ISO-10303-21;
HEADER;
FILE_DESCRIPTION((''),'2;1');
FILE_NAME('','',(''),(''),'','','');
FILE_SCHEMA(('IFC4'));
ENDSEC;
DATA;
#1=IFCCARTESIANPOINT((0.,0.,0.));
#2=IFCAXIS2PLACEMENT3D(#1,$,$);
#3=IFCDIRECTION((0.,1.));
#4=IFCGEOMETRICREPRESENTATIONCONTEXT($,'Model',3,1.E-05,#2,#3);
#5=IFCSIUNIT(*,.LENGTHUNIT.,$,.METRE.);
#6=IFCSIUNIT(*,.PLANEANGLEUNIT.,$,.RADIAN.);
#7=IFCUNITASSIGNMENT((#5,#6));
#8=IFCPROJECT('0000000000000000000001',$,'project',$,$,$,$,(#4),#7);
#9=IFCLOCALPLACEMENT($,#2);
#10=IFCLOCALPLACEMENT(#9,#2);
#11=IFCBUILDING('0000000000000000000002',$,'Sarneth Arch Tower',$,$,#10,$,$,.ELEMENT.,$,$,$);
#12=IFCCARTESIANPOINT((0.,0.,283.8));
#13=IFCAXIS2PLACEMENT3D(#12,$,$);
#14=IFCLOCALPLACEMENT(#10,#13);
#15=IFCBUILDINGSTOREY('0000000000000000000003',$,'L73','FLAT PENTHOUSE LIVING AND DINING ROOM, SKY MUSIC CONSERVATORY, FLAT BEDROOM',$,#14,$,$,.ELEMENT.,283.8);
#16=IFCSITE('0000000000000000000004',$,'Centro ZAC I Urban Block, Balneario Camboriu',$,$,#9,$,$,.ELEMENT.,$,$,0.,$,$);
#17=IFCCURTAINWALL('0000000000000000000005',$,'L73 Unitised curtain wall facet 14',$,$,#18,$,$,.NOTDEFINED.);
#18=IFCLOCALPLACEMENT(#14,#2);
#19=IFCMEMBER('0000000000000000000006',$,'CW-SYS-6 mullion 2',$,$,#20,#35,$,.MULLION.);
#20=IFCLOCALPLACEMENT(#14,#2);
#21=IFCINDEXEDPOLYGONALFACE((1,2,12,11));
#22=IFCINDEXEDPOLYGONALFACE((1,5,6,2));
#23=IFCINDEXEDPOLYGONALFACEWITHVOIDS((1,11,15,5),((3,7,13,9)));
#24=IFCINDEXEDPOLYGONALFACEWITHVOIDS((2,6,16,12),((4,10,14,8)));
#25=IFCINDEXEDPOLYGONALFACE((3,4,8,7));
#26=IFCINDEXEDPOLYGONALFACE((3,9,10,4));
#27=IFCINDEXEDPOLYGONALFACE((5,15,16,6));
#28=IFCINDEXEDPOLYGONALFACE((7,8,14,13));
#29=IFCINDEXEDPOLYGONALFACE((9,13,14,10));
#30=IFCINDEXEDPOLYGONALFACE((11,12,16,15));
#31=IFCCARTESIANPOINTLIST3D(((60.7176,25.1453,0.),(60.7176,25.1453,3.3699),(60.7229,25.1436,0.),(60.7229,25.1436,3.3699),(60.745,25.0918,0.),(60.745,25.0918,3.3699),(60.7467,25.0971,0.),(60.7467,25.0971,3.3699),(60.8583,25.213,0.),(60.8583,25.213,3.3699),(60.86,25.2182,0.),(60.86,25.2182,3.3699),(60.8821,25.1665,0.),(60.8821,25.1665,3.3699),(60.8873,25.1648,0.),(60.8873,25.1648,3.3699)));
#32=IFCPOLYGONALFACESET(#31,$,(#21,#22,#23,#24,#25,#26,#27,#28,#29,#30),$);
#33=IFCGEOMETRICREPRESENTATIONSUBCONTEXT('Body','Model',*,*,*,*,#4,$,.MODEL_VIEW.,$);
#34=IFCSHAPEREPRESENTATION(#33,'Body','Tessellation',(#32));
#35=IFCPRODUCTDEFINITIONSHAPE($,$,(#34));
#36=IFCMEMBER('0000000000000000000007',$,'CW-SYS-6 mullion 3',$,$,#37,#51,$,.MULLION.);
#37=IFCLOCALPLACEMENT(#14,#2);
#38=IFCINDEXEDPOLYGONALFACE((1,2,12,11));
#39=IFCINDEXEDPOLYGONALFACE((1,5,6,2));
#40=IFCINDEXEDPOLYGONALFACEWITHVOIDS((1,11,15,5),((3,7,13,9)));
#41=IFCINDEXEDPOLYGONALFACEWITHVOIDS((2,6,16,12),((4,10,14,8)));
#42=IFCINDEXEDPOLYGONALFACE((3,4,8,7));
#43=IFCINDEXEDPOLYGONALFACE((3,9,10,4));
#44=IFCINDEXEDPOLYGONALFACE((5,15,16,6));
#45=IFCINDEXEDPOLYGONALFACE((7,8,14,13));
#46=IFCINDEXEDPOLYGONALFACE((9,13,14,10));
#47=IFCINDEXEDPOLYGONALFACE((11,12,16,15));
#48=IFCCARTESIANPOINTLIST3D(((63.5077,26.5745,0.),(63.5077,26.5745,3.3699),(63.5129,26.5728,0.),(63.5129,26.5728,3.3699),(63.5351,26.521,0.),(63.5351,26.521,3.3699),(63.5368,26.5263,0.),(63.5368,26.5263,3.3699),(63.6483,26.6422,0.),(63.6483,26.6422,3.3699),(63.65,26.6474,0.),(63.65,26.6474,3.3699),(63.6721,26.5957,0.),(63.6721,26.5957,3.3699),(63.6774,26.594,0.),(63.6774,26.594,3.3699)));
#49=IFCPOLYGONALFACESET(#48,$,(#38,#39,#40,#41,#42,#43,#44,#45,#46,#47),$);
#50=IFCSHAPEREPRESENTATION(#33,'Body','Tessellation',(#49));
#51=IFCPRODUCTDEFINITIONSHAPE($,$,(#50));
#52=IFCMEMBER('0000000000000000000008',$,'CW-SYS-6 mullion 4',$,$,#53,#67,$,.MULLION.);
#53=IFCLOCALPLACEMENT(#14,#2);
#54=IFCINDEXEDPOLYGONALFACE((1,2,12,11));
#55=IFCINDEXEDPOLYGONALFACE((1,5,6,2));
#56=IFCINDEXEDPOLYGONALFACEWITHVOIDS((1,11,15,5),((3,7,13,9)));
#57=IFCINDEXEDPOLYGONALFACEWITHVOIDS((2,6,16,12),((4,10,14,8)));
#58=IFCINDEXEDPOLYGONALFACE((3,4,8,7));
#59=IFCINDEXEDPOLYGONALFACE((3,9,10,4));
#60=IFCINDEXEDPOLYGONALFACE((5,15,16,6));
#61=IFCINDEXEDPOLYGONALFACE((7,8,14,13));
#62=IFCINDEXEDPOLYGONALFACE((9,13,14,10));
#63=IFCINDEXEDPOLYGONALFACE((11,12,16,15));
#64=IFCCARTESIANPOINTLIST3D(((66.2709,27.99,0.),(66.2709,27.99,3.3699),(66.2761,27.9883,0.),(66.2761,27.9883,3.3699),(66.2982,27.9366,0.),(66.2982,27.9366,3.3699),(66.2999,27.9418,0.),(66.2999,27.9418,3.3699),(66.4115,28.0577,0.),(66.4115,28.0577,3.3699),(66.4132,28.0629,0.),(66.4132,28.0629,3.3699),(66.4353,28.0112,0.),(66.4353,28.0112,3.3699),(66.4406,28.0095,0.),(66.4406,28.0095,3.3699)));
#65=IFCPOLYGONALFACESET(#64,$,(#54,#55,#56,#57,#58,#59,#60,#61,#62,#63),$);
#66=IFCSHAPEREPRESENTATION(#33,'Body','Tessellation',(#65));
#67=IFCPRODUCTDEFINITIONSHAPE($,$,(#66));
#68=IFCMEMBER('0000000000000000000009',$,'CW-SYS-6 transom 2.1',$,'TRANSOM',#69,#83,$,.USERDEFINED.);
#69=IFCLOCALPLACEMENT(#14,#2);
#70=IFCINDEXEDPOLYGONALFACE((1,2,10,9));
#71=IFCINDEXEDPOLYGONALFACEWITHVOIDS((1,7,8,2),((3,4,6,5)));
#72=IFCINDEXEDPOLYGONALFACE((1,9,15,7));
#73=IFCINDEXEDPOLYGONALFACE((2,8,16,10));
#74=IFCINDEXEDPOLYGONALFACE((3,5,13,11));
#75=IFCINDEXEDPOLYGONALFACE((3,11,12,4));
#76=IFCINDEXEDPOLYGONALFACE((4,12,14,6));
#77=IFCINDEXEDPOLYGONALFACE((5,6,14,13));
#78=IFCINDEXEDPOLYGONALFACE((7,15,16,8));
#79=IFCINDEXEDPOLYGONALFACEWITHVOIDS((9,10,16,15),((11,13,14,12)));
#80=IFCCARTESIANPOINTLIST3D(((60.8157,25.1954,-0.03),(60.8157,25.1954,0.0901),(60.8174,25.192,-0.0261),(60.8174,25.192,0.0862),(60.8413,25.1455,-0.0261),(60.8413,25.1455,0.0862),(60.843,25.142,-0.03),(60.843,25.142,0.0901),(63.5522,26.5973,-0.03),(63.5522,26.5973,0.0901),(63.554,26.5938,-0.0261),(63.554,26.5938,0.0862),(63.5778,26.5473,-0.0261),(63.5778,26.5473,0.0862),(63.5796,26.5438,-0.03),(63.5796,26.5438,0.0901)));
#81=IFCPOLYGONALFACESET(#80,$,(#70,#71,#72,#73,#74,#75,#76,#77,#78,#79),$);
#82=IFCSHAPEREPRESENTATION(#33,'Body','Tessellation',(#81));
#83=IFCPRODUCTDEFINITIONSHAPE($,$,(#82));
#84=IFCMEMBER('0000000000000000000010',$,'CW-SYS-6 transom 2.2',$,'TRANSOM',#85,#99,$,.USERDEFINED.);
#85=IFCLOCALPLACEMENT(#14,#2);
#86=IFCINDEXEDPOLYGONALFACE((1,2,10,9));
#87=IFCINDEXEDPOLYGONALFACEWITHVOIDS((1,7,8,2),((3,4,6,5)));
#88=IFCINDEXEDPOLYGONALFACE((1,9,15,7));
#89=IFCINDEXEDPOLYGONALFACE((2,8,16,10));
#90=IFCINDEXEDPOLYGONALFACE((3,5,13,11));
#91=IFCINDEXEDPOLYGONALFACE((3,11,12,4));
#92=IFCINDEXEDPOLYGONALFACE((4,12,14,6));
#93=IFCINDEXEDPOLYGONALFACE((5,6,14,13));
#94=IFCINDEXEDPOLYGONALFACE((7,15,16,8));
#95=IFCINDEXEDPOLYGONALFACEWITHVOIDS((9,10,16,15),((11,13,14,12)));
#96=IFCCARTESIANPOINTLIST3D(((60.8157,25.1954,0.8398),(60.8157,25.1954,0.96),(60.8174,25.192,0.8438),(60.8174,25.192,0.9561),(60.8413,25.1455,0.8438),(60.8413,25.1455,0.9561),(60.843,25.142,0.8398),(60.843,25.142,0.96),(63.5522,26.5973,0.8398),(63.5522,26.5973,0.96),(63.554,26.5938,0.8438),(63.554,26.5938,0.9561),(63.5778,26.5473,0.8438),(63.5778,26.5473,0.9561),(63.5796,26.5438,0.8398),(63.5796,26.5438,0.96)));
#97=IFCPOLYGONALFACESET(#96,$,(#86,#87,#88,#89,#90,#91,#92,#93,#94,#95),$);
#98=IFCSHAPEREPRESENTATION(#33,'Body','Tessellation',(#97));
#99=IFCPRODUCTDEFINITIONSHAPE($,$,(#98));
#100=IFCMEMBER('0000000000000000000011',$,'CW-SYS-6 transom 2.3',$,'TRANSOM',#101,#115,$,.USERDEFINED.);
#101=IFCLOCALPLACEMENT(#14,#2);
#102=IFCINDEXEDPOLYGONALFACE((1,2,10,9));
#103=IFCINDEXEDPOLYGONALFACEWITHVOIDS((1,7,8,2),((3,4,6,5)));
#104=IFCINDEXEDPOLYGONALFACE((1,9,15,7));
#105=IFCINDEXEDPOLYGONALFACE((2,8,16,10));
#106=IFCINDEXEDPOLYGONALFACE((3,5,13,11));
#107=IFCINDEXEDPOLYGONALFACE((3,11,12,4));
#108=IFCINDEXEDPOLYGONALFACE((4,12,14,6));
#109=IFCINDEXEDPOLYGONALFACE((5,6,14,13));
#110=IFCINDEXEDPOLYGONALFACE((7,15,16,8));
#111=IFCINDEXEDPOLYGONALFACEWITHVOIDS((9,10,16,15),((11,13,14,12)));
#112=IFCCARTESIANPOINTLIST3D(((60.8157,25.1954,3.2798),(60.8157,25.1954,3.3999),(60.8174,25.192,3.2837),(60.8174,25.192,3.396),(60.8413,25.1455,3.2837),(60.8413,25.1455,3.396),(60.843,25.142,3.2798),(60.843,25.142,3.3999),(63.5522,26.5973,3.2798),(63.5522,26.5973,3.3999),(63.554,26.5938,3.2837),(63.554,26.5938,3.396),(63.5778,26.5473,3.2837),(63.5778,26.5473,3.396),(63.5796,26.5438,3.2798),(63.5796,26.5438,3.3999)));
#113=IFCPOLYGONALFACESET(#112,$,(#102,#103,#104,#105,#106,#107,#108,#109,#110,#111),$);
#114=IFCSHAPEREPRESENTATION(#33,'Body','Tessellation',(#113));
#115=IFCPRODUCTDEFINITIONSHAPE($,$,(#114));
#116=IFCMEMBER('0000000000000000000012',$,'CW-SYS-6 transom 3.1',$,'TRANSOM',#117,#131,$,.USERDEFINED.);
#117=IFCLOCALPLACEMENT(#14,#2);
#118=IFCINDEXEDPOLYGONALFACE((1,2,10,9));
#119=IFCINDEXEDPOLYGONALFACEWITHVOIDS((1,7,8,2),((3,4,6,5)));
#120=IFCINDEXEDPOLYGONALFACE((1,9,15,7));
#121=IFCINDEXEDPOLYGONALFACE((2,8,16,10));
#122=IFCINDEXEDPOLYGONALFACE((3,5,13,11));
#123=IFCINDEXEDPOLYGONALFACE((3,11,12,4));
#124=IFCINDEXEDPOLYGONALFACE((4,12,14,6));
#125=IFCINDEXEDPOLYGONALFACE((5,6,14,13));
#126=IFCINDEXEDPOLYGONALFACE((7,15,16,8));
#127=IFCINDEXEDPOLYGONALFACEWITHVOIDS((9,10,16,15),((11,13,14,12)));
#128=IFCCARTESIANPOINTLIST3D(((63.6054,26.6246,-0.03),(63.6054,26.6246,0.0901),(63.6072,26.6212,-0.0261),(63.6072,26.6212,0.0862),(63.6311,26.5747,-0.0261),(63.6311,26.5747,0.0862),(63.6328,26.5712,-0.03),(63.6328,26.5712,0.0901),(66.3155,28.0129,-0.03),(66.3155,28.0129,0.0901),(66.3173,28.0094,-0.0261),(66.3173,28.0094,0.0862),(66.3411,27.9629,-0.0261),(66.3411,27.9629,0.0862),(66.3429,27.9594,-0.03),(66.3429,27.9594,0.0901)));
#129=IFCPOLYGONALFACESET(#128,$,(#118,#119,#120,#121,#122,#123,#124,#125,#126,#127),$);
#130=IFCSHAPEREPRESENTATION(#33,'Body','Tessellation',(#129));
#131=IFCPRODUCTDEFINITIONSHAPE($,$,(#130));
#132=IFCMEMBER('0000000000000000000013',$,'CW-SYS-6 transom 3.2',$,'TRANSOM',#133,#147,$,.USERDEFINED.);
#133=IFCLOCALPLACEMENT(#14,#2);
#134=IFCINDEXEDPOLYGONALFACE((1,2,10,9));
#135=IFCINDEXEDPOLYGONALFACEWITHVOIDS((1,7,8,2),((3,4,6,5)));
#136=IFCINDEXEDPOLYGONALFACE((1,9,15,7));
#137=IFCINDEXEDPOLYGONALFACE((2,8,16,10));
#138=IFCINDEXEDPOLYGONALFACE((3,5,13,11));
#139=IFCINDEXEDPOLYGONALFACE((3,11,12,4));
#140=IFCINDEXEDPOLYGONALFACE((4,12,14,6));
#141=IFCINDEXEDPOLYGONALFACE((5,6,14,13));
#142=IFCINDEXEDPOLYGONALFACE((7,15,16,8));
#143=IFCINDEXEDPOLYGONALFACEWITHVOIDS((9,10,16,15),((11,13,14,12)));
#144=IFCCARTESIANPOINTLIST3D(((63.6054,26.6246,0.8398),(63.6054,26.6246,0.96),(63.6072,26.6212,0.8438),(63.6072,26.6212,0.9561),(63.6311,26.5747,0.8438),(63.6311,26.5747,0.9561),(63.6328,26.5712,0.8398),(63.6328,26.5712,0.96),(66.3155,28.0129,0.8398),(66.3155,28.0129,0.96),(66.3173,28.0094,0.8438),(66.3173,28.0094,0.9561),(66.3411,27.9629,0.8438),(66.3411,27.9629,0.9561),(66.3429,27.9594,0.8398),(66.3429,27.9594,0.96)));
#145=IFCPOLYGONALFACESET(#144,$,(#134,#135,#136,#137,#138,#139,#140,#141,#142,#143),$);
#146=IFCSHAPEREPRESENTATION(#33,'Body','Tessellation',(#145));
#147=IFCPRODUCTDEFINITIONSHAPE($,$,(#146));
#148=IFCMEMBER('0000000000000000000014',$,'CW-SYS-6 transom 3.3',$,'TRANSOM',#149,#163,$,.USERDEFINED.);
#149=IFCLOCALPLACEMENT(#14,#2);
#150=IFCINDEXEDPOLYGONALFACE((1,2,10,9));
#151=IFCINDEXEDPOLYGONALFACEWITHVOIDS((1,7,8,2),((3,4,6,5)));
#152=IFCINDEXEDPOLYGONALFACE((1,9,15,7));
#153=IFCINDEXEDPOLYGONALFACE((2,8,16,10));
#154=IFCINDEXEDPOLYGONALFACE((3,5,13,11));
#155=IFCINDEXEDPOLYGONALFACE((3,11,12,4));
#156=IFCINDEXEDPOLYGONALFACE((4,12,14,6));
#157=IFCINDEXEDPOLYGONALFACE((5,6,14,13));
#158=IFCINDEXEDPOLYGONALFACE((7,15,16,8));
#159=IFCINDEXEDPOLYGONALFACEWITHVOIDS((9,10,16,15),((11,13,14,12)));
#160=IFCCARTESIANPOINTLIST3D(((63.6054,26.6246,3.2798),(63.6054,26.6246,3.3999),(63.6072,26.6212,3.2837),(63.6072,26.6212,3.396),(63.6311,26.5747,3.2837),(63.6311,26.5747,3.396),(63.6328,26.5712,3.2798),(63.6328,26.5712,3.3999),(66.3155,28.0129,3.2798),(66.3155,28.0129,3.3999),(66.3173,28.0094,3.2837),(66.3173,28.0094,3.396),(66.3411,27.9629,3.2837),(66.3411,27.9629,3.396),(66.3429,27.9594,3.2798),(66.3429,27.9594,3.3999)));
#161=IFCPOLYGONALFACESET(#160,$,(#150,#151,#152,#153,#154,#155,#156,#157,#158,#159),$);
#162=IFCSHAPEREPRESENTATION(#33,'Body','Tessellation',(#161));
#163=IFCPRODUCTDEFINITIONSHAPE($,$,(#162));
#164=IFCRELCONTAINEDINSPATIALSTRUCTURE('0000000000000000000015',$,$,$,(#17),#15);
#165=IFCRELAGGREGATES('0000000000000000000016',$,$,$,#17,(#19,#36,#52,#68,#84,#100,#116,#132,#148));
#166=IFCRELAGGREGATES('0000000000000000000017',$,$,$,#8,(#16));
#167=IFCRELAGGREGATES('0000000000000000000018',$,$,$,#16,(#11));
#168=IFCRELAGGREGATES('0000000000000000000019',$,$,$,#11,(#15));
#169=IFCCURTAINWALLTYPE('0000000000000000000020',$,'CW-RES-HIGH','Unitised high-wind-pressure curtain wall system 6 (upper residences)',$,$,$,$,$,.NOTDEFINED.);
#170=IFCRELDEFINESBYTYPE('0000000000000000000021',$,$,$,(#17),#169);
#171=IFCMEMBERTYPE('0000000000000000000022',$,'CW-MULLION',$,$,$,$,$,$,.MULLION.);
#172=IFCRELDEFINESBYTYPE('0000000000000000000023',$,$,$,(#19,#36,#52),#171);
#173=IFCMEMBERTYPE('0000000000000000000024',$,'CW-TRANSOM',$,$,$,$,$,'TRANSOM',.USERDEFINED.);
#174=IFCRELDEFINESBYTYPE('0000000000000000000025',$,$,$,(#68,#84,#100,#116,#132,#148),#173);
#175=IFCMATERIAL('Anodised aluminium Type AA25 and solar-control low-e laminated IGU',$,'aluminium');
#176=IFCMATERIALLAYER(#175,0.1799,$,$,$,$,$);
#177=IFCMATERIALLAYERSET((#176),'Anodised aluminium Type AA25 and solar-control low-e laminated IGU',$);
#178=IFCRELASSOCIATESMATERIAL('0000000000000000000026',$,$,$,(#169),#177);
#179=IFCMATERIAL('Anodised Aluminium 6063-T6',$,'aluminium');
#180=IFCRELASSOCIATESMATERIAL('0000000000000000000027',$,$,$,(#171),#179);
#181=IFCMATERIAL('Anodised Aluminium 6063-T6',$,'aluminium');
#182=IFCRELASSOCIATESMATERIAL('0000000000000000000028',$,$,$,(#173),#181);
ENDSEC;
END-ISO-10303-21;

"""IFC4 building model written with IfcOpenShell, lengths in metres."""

from ifc_helpers import new_model, si_unit, direction, frame, origin, origin_2d, place, context, subcontext, project, spatial, hollow_rectangle, extrude, material, layer, layer_set, material_profile, profile_set, type_object, element, aggregate, save


model = new_model("IFC4")

# Units and contexts
model_context = context("Model", 3, precision=1e-05, world=origin(), true_north=direction((0.0, 1.0)))
body_context = subcontext(model_context, "Body", "Model", "MODEL_VIEW")
ifc_project = project(units=[si_unit("LENGTHUNIT", "METRE"), si_unit("PLANEANGLEUNIT", "RADIAN")], contexts=[model_context])

# Site, building, storey
site_placement = place(None, origin())
site = spatial("IfcSite", under=ifc_project, at=site_placement, Name="Centro ZAC I Urban Block, Balneario Camboriu", CompositionType="ELEMENT", RefElevation=0.0)
building_placement = place(site_placement, origin())
building = spatial("IfcBuilding", under=site, at=building_placement, Name="Sarneth Arch Tower", CompositionType="ELEMENT")
storey_placement = place(building_placement, frame((0.0, 0.0, 283.8)))
storey = spatial("IfcBuildingStorey", under=building, at=storey_placement, Name="L73", Description="FLAT PENTHOUSE LIVING AND DINING ROOM, SKY MUSIC CONSERVATORY, FLAT BEDROOM", CompositionType="ELEMENT", Elevation=283.8)

# Curtain wall, members
ifc_material_1 = material(Name="Anodised aluminium Type AA25 and solar-control low-e laminated IGU", Category="aluminium")
ifc_layer_1 = layer(ifc_material_1, 0.1799)
ifc_layer_set_1 = layer_set([ifc_layer_1], Name="Anodised aluminium Type AA25 and solar-control low-e laminated IGU")
curtain_wall_type = type_object("IfcCurtainWallType", Name="CW-RES-HIGH", Description="Unitised high-wind-pressure curtain wall system 6 (upper residences)", PredefinedType="NOTDEFINED", material=ifc_layer_set_1)
curtain_wall_placement = place(storey_placement, origin())
curtain_wall = element("IfcCurtainWall", 1, at=curtain_wall_placement, inside=storey, type_object=curtain_wall_type, Name="L73 Unitised curtain wall facet 14", PredefinedType="NOTDEFINED")
ifc_material_2 = material(Name="Anodised Aluminium 6063-T6", Category="aluminium")
ifc_material_profile_1 = material_profile(ifc_material_2, hollow_rectangle(XDim=0.0601, YDim=0.1599, WallThickness=0.0039, at=origin_2d()), Name="AL-MULL-160x60x4")
ifc_profile_set_1 = profile_set([ifc_material_profile_1], Name="Anodised Aluminium 6063-T6")
member_type_1 = type_object("IfcMemberType", Name="CW-MULLION", PredefinedType="MULLION", material=ifc_profile_set_1)
member_1_placement = place(storey_placement, frame((60.8025, 25.155, 0.0), z_axis=(0.0, 0.0, 1.0), x_axis=(-0.455942, 0.89001, 0.0)))
member_1 = element("IfcMember", 2, at=member_1_placement, type_object=member_type_1, Name="CW-SYS-6 mullion 2", PredefinedType="MULLION", context=body_context, shape_type="SweptSolid", body=[
    extrude(hollow_rectangle(XDim=0.0601, YDim=0.1599, WallThickness=0.0039, at=origin_2d()), origin(), (0.0, 0.0, 1.0), 3.3699),
])
member_2_placement = place(storey_placement, frame((63.5925, 26.5842, 0.0), z_axis=(0.0, 0.0, 1.0), x_axis=(-0.455942, 0.89001, 0.0)))
member_2 = element("IfcMember", 3, at=member_2_placement, type_object=member_type_1, Name="CW-SYS-6 mullion 3", PredefinedType="MULLION", context=body_context, shape_type="SweptSolid", body=[
    extrude(hollow_rectangle(XDim=0.0601, YDim=0.1599, WallThickness=0.0039, at=origin_2d()), origin(), (0.0, 0.0, 1.0), 3.3699),
])
member_3_placement = place(storey_placement, frame((66.3557, 27.9998, 0.0), z_axis=(0.0, 0.0, 1.0), x_axis=(-0.455942, 0.89001, 0.0)))
member_3 = element("IfcMember", 4, at=member_3_placement, type_object=member_type_1, Name="CW-SYS-6 mullion 4", PredefinedType="MULLION", context=body_context, shape_type="SweptSolid", body=[
    extrude(hollow_rectangle(XDim=0.0601, YDim=0.1599, WallThickness=0.0039, at=origin_2d()), origin(), (0.0, 0.0, 1.0), 3.3699),
])
ifc_material_3 = material(Name="Anodised Aluminium 6063-T6", Category="aluminium")
ifc_material_profile_2 = material_profile(ifc_material_3, hollow_rectangle(XDim=0.0601, YDim=0.1201, WallThickness=0.0039, at=origin_2d()), Name="AL-TRAN-120x60x4")
ifc_profile_set_2 = profile_set([ifc_material_profile_2], Name="Anodised Aluminium 6063-T6")
member_type_2 = type_object("IfcMemberType", Name="CW-TRANSOM", ElementType="TRANSOM", PredefinedType="USERDEFINED", material=ifc_profile_set_2)
member_4_placement = place(storey_placement, frame((60.8293, 25.1687, 0.03), z_axis=(0.890017, 0.455926, 0.0), x_axis=(-0.455926, 0.890017, 0.0)))
member_4 = element("IfcMember", 5, at=member_4_placement, type_object=member_type_2, Name="CW-SYS-6 transom 2.1", ObjectType="TRANSOM", PredefinedType="USERDEFINED", context=body_context, shape_type="SweptSolid", body=[
    extrude(hollow_rectangle(XDim=0.0601, YDim=0.1201, WallThickness=0.0039, at=origin_2d()), origin(), (0.0, 0.0, 1.0), 3.0747),
])
member_5_placement = place(storey_placement, frame((60.8293, 25.1687, 0.8999), z_axis=(0.890017, 0.455926, 0.0), x_axis=(-0.455926, 0.890017, 0.0)))
member_5 = element("IfcMember", 6, at=member_5_placement, type_object=member_type_2, Name="CW-SYS-6 transom 2.2", ObjectType="TRANSOM", PredefinedType="USERDEFINED", context=body_context, shape_type="SweptSolid", body=[
    extrude(hollow_rectangle(XDim=0.0601, YDim=0.1201, WallThickness=0.0039, at=origin_2d()), origin(), (0.0, 0.0, 1.0), 3.0747),
])
member_6_placement = place(storey_placement, frame((60.8293, 25.1687, 3.3398), z_axis=(0.890017, 0.455926, 0.0), x_axis=(-0.455926, 0.890017, 0.0)))
member_6 = element("IfcMember", 7, at=member_6_placement, type_object=member_type_2, Name="CW-SYS-6 transom 2.3", ObjectType="TRANSOM", PredefinedType="USERDEFINED", context=body_context, shape_type="SweptSolid", body=[
    extrude(hollow_rectangle(XDim=0.0601, YDim=0.1201, WallThickness=0.0039, at=origin_2d()), origin(), (0.0, 0.0, 1.0), 3.0747),
])
member_7_placement = place(storey_placement, frame((63.6191, 26.5979, 0.03), z_axis=(0.890023, 0.455916, 0.0), x_axis=(-0.455916, 0.890023, 0.0)))
member_7 = element("IfcMember", 8, at=member_7_placement, type_object=member_type_2, Name="CW-SYS-6 transom 3.1", ObjectType="TRANSOM", PredefinedType="USERDEFINED", context=body_context, shape_type="SweptSolid", body=[
    extrude(hollow_rectangle(XDim=0.0601, YDim=0.1201, WallThickness=0.0039, at=origin_2d()), origin(), (0.0, 0.0, 1.0), 3.0449),
])
member_8_placement = place(storey_placement, frame((63.6191, 26.5979, 0.8999), z_axis=(0.890023, 0.455916, 0.0), x_axis=(-0.455916, 0.890023, 0.0)))
member_8 = element("IfcMember", 9, at=member_8_placement, type_object=member_type_2, Name="CW-SYS-6 transom 3.2", ObjectType="TRANSOM", PredefinedType="USERDEFINED", context=body_context, shape_type="SweptSolid", body=[
    extrude(hollow_rectangle(XDim=0.0601, YDim=0.1201, WallThickness=0.0039, at=origin_2d()), origin(), (0.0, 0.0, 1.0), 3.0449),
])
member_9_placement = place(storey_placement, frame((63.6191, 26.5979, 3.3398), z_axis=(0.890023, 0.455916, 0.0), x_axis=(-0.455916, 0.890023, 0.0)))
member_9 = element("IfcMember", 10, at=member_9_placement, type_object=member_type_2, Name="CW-SYS-6 transom 3.3", ObjectType="TRANSOM", PredefinedType="USERDEFINED", context=body_context, shape_type="SweptSolid", body=[
    extrude(hollow_rectangle(XDim=0.0601, YDim=0.1201, WallThickness=0.0039, at=origin_2d()), origin(), (0.0, 0.0, 1.0), 3.0449),
])

aggregate(curtain_wall, [member_1, member_2, member_3, member_4, member_5, member_6, member_7, member_8, member_9])

save(model, "model.ifc")
